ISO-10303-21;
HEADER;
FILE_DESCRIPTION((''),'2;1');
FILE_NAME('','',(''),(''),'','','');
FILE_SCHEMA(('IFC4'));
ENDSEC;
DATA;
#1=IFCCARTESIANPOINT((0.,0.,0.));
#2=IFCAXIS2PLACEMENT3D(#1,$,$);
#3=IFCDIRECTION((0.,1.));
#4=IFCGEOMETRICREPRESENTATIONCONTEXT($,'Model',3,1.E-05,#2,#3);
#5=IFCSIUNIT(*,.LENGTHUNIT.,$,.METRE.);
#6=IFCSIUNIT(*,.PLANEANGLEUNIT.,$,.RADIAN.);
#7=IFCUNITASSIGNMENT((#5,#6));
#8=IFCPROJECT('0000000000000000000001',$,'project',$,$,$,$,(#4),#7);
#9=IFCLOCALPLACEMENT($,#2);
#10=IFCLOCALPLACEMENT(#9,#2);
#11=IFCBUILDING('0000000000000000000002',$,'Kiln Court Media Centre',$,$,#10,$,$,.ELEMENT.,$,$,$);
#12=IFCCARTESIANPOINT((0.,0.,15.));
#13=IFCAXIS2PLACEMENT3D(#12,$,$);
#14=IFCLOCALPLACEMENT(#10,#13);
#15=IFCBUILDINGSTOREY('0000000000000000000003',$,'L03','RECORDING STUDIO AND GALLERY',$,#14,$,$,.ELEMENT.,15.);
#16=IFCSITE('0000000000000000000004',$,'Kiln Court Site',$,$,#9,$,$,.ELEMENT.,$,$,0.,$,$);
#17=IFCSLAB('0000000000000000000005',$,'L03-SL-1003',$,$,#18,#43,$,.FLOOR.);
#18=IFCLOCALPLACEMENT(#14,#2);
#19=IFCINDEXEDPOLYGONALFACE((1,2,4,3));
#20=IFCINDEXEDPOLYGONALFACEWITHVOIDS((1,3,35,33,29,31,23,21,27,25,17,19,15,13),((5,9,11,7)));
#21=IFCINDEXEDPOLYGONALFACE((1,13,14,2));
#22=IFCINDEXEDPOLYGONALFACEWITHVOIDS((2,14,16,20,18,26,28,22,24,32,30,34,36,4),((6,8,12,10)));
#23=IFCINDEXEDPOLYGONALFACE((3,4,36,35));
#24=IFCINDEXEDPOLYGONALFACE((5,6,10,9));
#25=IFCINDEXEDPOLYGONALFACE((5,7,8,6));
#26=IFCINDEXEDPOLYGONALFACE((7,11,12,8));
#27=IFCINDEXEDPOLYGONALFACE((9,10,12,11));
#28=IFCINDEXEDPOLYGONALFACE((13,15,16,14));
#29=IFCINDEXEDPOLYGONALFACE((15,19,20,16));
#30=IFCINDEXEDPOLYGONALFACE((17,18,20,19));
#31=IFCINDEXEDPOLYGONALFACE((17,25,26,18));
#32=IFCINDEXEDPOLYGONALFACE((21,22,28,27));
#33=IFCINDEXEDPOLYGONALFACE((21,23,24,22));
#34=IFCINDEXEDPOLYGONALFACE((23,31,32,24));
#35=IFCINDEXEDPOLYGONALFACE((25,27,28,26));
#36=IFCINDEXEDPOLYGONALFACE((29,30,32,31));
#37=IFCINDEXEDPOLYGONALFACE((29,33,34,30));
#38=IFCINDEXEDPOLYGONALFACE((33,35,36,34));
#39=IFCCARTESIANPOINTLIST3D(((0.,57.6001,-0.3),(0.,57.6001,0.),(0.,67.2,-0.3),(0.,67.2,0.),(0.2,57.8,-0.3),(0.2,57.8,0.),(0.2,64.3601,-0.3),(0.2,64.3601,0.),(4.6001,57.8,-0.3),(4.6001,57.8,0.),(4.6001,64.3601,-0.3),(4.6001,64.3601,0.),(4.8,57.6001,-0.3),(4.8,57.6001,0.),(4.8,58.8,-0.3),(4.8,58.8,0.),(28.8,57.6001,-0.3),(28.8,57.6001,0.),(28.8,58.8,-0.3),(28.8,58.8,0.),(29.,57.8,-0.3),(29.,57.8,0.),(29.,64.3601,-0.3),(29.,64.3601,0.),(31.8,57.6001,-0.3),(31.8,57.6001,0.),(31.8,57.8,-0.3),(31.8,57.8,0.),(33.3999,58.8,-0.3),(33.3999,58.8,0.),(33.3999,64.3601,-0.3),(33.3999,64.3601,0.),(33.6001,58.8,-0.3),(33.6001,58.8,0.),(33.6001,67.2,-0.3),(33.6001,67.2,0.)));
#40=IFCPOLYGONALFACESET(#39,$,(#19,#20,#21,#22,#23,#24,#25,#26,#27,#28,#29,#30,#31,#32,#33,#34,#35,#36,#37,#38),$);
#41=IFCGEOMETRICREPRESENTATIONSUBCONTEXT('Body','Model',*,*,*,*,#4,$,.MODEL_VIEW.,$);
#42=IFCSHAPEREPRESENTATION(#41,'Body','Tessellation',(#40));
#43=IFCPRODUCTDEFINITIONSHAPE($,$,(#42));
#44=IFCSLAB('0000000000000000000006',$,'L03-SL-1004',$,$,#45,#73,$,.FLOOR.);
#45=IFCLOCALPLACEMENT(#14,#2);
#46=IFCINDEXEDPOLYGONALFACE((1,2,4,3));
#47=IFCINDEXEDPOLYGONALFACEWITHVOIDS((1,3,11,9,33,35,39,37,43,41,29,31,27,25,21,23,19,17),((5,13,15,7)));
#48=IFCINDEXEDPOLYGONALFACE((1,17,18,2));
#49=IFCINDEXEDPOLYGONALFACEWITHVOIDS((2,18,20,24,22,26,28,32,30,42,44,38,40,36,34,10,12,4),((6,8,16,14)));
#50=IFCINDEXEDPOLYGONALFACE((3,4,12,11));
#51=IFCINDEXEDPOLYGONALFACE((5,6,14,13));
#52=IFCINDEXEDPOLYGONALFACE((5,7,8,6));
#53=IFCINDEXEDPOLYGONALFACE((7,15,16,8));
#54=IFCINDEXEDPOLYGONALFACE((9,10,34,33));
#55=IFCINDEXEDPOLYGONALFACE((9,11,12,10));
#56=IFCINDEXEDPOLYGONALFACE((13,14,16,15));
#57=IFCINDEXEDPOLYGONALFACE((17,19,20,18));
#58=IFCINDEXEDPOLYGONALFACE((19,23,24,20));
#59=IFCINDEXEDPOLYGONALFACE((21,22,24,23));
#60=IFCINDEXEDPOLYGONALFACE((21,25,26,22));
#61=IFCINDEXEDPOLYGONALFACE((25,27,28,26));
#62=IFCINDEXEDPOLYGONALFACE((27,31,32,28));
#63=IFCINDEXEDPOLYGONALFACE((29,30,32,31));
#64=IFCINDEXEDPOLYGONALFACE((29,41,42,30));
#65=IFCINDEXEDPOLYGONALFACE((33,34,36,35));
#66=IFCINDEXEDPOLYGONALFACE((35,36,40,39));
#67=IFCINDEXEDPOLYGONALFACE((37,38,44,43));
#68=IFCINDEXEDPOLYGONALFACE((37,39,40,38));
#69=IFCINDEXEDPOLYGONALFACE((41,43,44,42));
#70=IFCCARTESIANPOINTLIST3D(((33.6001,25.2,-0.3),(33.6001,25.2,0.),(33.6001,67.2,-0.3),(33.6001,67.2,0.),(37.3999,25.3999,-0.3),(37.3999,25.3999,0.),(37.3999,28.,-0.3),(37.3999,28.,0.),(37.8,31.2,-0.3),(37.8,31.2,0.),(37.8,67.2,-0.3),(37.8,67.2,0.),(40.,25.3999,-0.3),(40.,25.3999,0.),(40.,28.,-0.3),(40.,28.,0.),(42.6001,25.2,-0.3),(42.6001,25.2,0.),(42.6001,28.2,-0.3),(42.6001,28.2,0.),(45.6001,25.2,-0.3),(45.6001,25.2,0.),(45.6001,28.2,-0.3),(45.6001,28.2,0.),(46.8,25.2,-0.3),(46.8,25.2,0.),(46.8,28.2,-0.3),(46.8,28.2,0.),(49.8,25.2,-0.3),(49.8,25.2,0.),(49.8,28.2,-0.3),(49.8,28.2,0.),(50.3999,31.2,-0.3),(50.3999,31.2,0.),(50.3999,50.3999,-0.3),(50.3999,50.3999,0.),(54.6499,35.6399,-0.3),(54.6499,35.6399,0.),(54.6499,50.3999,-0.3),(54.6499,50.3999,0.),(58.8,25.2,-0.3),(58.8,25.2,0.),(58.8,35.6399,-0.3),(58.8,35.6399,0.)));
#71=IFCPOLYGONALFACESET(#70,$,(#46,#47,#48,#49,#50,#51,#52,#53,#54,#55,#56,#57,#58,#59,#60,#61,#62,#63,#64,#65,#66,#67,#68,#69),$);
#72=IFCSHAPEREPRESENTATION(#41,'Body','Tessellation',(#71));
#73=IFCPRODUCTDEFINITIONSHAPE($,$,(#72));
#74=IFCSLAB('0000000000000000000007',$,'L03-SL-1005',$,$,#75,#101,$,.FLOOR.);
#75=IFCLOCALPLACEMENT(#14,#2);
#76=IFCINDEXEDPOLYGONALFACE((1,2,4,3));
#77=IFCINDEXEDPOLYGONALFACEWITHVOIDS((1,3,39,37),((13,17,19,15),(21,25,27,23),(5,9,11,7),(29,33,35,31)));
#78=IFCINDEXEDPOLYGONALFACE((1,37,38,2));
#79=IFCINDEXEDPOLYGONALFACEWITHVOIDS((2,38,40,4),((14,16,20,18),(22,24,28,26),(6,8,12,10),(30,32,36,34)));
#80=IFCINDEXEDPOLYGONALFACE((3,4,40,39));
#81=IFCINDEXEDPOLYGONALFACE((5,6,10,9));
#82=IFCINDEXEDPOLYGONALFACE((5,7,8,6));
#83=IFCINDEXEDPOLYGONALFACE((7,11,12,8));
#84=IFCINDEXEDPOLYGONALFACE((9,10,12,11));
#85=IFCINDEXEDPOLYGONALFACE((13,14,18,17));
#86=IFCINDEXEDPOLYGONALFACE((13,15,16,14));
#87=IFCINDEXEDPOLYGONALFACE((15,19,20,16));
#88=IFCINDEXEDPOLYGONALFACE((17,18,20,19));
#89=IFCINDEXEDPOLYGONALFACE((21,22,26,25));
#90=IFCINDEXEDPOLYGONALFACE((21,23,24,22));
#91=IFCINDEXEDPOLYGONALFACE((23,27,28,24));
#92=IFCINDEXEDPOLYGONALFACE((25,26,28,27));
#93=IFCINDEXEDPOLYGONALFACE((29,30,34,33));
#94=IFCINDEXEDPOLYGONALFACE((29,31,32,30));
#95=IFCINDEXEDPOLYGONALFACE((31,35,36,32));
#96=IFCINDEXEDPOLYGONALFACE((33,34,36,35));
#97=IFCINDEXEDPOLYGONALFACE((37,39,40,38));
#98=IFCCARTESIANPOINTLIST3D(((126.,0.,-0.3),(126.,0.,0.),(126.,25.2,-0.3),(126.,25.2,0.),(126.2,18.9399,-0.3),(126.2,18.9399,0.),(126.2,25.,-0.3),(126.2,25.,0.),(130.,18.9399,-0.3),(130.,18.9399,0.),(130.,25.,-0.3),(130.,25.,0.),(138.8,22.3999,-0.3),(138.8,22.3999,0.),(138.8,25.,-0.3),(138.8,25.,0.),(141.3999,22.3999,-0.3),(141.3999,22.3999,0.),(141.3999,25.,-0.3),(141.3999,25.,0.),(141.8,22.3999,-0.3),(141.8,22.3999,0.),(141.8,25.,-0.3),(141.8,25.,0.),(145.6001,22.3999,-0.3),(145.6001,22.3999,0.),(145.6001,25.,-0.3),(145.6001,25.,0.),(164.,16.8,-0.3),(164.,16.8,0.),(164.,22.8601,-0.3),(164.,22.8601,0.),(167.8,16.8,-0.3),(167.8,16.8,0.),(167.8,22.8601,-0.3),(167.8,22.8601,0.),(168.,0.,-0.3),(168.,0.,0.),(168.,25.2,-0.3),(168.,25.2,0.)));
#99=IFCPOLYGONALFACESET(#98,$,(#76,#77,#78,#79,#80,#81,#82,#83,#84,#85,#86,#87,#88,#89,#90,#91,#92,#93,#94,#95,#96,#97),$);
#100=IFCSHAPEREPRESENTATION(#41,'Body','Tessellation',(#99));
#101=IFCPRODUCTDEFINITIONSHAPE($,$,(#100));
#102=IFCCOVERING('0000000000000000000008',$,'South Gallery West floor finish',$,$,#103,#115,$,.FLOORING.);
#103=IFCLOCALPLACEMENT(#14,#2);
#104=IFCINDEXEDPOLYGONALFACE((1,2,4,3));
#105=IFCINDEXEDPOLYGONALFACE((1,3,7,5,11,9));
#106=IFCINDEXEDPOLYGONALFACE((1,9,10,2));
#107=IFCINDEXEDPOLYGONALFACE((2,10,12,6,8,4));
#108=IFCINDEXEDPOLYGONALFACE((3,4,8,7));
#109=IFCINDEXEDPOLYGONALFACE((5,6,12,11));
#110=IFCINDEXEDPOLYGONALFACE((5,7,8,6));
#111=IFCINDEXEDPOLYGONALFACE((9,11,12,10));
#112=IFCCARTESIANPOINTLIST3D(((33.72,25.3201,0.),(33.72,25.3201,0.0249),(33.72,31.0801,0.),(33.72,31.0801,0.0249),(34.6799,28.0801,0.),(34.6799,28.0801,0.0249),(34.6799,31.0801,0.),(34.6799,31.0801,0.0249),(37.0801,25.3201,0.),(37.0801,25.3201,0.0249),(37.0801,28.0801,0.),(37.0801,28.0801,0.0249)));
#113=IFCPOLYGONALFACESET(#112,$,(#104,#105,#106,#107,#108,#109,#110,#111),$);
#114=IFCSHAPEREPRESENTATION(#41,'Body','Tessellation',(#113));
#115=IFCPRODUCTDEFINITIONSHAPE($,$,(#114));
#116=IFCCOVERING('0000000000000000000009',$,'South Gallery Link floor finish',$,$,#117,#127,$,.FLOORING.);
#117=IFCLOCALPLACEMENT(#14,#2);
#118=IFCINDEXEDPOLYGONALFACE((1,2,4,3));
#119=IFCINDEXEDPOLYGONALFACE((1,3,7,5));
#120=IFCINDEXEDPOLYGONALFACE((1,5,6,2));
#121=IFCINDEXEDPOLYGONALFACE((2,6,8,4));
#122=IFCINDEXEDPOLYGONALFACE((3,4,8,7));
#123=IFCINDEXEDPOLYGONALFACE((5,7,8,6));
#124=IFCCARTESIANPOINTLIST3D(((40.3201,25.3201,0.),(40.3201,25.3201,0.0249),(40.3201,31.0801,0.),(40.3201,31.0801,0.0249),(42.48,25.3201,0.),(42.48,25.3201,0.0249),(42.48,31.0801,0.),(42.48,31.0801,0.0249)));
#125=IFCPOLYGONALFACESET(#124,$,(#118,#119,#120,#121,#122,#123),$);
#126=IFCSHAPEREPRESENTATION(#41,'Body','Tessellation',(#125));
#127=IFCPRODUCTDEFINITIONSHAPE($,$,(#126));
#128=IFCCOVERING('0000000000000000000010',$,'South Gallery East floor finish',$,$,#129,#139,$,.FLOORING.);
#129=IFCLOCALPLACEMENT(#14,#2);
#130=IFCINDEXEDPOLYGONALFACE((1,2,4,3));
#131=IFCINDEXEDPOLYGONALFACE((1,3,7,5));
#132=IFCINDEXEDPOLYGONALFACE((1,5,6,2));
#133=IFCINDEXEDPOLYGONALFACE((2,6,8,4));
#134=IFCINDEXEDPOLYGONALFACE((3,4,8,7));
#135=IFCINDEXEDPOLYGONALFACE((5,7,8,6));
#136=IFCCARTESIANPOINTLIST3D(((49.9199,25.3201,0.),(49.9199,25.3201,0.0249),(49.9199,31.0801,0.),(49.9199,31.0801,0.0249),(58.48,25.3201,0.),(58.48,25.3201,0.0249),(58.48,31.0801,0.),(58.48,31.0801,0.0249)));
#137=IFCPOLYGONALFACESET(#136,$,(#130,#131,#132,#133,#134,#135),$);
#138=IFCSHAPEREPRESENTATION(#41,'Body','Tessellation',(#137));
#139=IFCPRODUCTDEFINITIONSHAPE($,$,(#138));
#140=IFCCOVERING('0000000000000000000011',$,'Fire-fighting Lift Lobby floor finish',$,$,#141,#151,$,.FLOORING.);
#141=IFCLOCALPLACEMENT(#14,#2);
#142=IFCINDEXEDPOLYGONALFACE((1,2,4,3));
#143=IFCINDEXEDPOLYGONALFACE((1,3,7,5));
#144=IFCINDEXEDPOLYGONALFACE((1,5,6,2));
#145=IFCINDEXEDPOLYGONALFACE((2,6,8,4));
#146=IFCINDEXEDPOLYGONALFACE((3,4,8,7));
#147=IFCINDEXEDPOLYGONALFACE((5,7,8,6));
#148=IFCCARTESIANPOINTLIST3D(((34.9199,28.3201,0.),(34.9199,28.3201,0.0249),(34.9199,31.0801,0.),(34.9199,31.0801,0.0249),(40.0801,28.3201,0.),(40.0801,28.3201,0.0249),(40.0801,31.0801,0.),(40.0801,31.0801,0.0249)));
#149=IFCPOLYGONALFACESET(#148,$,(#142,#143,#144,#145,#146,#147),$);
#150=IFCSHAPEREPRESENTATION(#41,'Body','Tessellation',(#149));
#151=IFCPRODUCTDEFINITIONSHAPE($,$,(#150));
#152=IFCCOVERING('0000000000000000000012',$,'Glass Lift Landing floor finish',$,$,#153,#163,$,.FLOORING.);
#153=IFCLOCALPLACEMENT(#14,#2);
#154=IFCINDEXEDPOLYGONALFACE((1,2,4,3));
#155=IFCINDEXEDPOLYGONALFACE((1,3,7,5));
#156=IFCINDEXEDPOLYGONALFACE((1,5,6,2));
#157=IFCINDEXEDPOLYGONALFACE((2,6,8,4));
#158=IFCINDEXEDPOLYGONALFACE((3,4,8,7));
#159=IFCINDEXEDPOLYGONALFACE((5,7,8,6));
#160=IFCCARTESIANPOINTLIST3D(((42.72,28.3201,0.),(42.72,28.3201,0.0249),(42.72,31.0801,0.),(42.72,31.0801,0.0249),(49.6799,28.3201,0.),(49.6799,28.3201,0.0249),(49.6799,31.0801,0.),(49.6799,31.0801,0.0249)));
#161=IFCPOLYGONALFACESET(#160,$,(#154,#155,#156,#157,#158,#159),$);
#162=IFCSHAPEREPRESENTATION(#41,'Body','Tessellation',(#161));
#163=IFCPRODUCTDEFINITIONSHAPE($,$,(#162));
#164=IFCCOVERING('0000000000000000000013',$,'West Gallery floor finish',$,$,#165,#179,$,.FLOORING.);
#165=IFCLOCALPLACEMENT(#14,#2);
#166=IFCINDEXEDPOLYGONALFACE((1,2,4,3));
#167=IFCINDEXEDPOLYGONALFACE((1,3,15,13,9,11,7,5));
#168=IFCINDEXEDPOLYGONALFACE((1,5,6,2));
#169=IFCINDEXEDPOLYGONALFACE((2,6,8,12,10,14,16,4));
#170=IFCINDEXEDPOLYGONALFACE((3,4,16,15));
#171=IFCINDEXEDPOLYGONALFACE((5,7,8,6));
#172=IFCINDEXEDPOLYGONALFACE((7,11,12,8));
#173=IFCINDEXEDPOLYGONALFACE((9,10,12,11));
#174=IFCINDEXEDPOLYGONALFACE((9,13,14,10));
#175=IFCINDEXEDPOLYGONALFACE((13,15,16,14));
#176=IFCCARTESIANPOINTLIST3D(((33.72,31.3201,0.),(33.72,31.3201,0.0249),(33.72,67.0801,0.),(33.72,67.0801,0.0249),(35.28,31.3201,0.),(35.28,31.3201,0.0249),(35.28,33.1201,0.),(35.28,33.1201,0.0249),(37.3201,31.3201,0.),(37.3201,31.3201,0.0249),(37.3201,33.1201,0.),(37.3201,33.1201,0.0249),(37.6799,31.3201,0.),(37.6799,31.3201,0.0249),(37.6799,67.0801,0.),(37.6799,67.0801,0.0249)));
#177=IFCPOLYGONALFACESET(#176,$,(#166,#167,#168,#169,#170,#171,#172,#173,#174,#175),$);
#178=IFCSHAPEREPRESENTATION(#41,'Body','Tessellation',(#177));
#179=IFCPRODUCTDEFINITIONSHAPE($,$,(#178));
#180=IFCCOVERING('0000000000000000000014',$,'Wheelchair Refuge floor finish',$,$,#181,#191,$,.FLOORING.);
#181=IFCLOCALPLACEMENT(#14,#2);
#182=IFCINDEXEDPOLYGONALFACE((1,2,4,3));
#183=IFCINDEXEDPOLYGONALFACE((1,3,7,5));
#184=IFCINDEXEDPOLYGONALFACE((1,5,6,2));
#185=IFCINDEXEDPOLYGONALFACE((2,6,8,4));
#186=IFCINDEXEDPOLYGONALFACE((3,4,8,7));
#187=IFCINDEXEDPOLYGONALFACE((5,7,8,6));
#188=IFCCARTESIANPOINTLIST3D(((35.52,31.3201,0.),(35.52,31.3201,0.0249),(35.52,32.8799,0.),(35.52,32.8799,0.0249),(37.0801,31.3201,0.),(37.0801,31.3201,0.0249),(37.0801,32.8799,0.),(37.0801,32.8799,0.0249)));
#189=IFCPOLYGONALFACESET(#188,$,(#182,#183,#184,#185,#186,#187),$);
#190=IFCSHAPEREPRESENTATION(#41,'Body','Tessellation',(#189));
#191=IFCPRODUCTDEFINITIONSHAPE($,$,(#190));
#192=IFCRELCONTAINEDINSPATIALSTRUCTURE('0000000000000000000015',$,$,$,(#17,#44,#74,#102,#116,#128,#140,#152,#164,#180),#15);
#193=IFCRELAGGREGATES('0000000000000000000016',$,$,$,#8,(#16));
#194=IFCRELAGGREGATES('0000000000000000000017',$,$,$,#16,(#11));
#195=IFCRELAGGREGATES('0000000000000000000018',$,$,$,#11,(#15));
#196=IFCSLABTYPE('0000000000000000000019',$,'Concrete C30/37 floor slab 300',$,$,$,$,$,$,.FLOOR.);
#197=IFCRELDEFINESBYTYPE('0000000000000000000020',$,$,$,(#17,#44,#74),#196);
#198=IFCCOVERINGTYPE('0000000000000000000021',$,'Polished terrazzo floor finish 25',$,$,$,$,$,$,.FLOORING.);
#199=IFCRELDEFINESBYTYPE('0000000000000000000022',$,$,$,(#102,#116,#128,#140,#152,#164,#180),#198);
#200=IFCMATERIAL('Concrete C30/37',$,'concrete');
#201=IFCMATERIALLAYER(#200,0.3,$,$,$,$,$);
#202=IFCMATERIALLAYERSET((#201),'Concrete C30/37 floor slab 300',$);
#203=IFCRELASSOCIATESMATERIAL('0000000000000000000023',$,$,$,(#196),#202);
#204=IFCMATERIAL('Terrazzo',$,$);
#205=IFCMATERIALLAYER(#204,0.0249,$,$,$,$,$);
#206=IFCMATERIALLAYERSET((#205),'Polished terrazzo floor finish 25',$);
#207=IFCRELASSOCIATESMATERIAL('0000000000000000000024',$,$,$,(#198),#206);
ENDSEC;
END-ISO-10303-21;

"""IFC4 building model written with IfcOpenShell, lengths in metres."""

from ifc_helpers import new_model, si_unit, direction, frame, origin, place, context, subcontext, project, spatial, polyline, outline, extrude, material, layer, layer_set, type_object, element, save


model = new_model("IFC4")

# Units and contexts
model_context = context("Model", 3, precision=1e-05, world=origin(), true_north=direction((0.0, 1.0)))
body_context = subcontext(model_context, "Body", "Model", "MODEL_VIEW")
ifc_project = project(units=[si_unit("LENGTHUNIT", "METRE"), si_unit("PLANEANGLEUNIT", "RADIAN")], contexts=[model_context])

# Site, building, storey
site_placement = place(None, origin())
site = spatial("IfcSite", under=ifc_project, at=site_placement, Name="Kiln Court Site", CompositionType="ELEMENT", RefElevation=0.0)
building_placement = place(site_placement, origin())
building = spatial("IfcBuilding", under=site, at=building_placement, Name="Kiln Court Media Centre", CompositionType="ELEMENT")
storey_placement = place(building_placement, frame((0.0, 0.0, 15.0)))
storey = spatial("IfcBuildingStorey", under=building, at=storey_placement, Name="L03", Description="RECORDING STUDIO AND GALLERY", CompositionType="ELEMENT", Elevation=15.0)

# Slabs
ifc_material_1 = material(Name="Concrete C30/37", Category="concrete")
ifc_layer_1 = layer(ifc_material_1, 0.3)
ifc_layer_set_1 = layer_set([ifc_layer_1], Name="Concrete C30/37 floor slab 300")
slab_type = type_object("IfcSlabType", Name="Concrete C30/37 floor slab 300", PredefinedType="FLOOR", material=ifc_layer_set_1)
slab_1_placement = place(storey_placement, frame((0.0, 0.0, -0.3)))
element("IfcSlab", 1, at=slab_1_placement, inside=storey, type_object=slab_type, Name="L03-SL-1003", PredefinedType="FLOOR", context=body_context, shape_type="SweptSolid", body=[
    extrude(outline(polyline([(0.0, 57.6001), (0.0, 67.2), (33.6001, 67.2), (33.6001, 58.8), (33.3999, 58.8), (33.3999, 64.3601), (29.0, 64.3601), (29.0, 57.8), (31.8, 57.8), (31.8, 57.6001), (28.8, 57.6001), (28.8, 58.8), (4.8, 58.8), (4.8, 57.6001), (0.0, 57.6001)]), holes=[polyline([(0.2, 57.8), (4.6001, 57.8), (4.6001, 64.3601), (0.2, 64.3601), (0.2, 57.8)])]), origin(), (0.0, 0.0, 1.0), 0.3),
])
slab_2_placement = place(storey_placement, frame((0.0, 0.0, -0.3)))
element("IfcSlab", 2, at=slab_2_placement, inside=storey, type_object=slab_type, Name="L03-SL-1004", PredefinedType="FLOOR", context=body_context, shape_type="SweptSolid", body=[
    extrude(outline(polyline([(33.6001, 25.2), (33.6001, 67.2), (37.8, 67.2), (37.8, 31.2), (50.3999, 31.2), (50.3999, 50.3999), (54.6499, 50.3999), (54.6499, 35.6399), (58.8, 35.6399), (58.8, 25.2), (49.8, 25.2), (49.8, 28.2), (46.8, 28.2), (46.8, 25.2), (45.6001, 25.2), (45.6001, 28.2), (42.6001, 28.2), (42.6001, 25.2), (33.6001, 25.2)]), holes=[polyline([(37.3999, 25.3999), (40.0, 25.3999), (40.0, 28.0), (37.3999, 28.0), (37.3999, 25.3999)])]), origin(), (0.0, 0.0, 1.0), 0.3),
])
slab_3_placement = place(storey_placement, frame((0.0, 0.0, -0.3)))
element("IfcSlab", 3, at=slab_3_placement, inside=storey, type_object=slab_type, Name="L03-SL-1005", PredefinedType="FLOOR", context=body_context, shape_type="SweptSolid", body=[
    extrude(outline(polyline([(126.0, 0.0), (126.0, 25.2), (168.0, 25.2), (168.0, 0.0), (126.0, 0.0)]), holes=[polyline([(164.0, 16.8), (167.8, 16.8), (167.8, 22.8601), (164.0, 22.8601), (164.0, 16.8)]), polyline([(126.2, 18.9399), (130.0, 18.9399), (130.0, 25.0), (126.2, 25.0), (126.2, 18.9399)]), polyline([(138.8, 22.3999), (141.3999, 22.3999), (141.3999, 25.0), (138.8, 25.0), (138.8, 22.3999)]), polyline([(141.8, 22.3999), (145.6001, 22.3999), (145.6001, 25.0), (141.8, 25.0), (141.8, 22.3999)])]), origin(), (0.0, 0.0, 1.0), 0.3),
])

# Coverings
ifc_material_2 = material(Name="Terrazzo")
ifc_layer_2 = layer(ifc_material_2, 0.0249)
ifc_layer_set_2 = layer_set([ifc_layer_2], Name="Polished terrazzo floor finish 25")
covering_type = type_object("IfcCoveringType", Name="Polished terrazzo floor finish 25", PredefinedType="FLOORING", material=ifc_layer_set_2)
covering_1_placement = place(storey_placement, origin())
element("IfcCovering", 4, at=covering_1_placement, inside=storey, type_object=covering_type, Name="South Gallery West floor finish", PredefinedType="FLOORING", context=body_context, shape_type="SweptSolid", body=[
    extrude(outline(polyline([(37.0801, 25.3201), (37.0801, 28.0801), (34.6799, 28.0801), (34.6799, 31.0801), (33.72, 31.0801), (33.72, 25.3201), (37.0801, 25.3201)])), origin(), (0.0, 0.0, 1.0), 0.0249),
])
covering_2_placement = place(storey_placement, origin())
element("IfcCovering", 5, at=covering_2_placement, inside=storey, type_object=covering_type, Name="South Gallery Link floor finish", PredefinedType="FLOORING", context=body_context, shape_type="SweptSolid", body=[
    extrude(outline(polyline([(40.3201, 25.3201), (42.48, 25.3201), (42.48, 31.0801), (40.3201, 31.0801), (40.3201, 25.3201)])), origin(), (0.0, 0.0, 1.0), 0.0249),
])
covering_3_placement = place(storey_placement, origin())
element("IfcCovering", 6, at=covering_3_placement, inside=storey, type_object=covering_type, Name="South Gallery East floor finish", PredefinedType="FLOORING", context=body_context, shape_type="SweptSolid", body=[
    extrude(outline(polyline([(49.9199, 25.3201), (58.48, 25.3201), (58.48, 31.0801), (49.9199, 31.0801), (49.9199, 25.3201)])), origin(), (0.0, 0.0, 1.0), 0.0249),
])
covering_4_placement = place(storey_placement, origin())
element("IfcCovering", 7, at=covering_4_placement, inside=storey, type_object=covering_type, Name="Fire-fighting Lift Lobby floor finish", PredefinedType="FLOORING", context=body_context, shape_type="SweptSolid", body=[
    extrude(outline(polyline([(34.9199, 28.3201), (40.0801, 28.3201), (40.0801, 31.0801), (34.9199, 31.0801), (34.9199, 28.3201)])), origin(), (0.0, 0.0, 1.0), 0.0249),
])
covering_5_placement = place(storey_placement, origin())
element("IfcCovering", 8, at=covering_5_placement, inside=storey, type_object=covering_type, Name="Glass Lift Landing floor finish", PredefinedType="FLOORING", context=body_context, shape_type="SweptSolid", body=[
    extrude(outline(polyline([(42.72, 28.3201), (49.6799, 28.3201), (49.6799, 31.0801), (42.72, 31.0801), (42.72, 28.3201)])), origin(), (0.0, 0.0, 1.0), 0.0249),
])
covering_6_placement = place(storey_placement, origin())
element("IfcCovering", 9, at=covering_6_placement, inside=storey, type_object=covering_type, Name="West Gallery floor finish", PredefinedType="FLOORING", context=body_context, shape_type="SweptSolid", body=[
    extrude(outline(polyline([(33.72, 31.3201), (35.28, 31.3201), (35.28, 33.1201), (37.3201, 33.1201), (37.3201, 31.3201), (37.6799, 31.3201), (37.6799, 67.0801), (33.72, 67.0801), (33.72, 31.3201)])), origin(), (0.0, 0.0, 1.0), 0.0249),
])
covering_7_placement = place(storey_placement, origin())
element("IfcCovering", 10, at=covering_7_placement, inside=storey, type_object=covering_type, Name="Wheelchair Refuge floor finish", PredefinedType="FLOORING", context=body_context, shape_type="SweptSolid", body=[
    extrude(outline(polyline([(35.52, 31.3201), (37.0801, 31.3201), (37.0801, 32.8799), (35.52, 32.8799), (35.52, 31.3201)])), origin(), (0.0, 0.0, 1.0), 0.0249),
])

save(model, "model.ifc")
